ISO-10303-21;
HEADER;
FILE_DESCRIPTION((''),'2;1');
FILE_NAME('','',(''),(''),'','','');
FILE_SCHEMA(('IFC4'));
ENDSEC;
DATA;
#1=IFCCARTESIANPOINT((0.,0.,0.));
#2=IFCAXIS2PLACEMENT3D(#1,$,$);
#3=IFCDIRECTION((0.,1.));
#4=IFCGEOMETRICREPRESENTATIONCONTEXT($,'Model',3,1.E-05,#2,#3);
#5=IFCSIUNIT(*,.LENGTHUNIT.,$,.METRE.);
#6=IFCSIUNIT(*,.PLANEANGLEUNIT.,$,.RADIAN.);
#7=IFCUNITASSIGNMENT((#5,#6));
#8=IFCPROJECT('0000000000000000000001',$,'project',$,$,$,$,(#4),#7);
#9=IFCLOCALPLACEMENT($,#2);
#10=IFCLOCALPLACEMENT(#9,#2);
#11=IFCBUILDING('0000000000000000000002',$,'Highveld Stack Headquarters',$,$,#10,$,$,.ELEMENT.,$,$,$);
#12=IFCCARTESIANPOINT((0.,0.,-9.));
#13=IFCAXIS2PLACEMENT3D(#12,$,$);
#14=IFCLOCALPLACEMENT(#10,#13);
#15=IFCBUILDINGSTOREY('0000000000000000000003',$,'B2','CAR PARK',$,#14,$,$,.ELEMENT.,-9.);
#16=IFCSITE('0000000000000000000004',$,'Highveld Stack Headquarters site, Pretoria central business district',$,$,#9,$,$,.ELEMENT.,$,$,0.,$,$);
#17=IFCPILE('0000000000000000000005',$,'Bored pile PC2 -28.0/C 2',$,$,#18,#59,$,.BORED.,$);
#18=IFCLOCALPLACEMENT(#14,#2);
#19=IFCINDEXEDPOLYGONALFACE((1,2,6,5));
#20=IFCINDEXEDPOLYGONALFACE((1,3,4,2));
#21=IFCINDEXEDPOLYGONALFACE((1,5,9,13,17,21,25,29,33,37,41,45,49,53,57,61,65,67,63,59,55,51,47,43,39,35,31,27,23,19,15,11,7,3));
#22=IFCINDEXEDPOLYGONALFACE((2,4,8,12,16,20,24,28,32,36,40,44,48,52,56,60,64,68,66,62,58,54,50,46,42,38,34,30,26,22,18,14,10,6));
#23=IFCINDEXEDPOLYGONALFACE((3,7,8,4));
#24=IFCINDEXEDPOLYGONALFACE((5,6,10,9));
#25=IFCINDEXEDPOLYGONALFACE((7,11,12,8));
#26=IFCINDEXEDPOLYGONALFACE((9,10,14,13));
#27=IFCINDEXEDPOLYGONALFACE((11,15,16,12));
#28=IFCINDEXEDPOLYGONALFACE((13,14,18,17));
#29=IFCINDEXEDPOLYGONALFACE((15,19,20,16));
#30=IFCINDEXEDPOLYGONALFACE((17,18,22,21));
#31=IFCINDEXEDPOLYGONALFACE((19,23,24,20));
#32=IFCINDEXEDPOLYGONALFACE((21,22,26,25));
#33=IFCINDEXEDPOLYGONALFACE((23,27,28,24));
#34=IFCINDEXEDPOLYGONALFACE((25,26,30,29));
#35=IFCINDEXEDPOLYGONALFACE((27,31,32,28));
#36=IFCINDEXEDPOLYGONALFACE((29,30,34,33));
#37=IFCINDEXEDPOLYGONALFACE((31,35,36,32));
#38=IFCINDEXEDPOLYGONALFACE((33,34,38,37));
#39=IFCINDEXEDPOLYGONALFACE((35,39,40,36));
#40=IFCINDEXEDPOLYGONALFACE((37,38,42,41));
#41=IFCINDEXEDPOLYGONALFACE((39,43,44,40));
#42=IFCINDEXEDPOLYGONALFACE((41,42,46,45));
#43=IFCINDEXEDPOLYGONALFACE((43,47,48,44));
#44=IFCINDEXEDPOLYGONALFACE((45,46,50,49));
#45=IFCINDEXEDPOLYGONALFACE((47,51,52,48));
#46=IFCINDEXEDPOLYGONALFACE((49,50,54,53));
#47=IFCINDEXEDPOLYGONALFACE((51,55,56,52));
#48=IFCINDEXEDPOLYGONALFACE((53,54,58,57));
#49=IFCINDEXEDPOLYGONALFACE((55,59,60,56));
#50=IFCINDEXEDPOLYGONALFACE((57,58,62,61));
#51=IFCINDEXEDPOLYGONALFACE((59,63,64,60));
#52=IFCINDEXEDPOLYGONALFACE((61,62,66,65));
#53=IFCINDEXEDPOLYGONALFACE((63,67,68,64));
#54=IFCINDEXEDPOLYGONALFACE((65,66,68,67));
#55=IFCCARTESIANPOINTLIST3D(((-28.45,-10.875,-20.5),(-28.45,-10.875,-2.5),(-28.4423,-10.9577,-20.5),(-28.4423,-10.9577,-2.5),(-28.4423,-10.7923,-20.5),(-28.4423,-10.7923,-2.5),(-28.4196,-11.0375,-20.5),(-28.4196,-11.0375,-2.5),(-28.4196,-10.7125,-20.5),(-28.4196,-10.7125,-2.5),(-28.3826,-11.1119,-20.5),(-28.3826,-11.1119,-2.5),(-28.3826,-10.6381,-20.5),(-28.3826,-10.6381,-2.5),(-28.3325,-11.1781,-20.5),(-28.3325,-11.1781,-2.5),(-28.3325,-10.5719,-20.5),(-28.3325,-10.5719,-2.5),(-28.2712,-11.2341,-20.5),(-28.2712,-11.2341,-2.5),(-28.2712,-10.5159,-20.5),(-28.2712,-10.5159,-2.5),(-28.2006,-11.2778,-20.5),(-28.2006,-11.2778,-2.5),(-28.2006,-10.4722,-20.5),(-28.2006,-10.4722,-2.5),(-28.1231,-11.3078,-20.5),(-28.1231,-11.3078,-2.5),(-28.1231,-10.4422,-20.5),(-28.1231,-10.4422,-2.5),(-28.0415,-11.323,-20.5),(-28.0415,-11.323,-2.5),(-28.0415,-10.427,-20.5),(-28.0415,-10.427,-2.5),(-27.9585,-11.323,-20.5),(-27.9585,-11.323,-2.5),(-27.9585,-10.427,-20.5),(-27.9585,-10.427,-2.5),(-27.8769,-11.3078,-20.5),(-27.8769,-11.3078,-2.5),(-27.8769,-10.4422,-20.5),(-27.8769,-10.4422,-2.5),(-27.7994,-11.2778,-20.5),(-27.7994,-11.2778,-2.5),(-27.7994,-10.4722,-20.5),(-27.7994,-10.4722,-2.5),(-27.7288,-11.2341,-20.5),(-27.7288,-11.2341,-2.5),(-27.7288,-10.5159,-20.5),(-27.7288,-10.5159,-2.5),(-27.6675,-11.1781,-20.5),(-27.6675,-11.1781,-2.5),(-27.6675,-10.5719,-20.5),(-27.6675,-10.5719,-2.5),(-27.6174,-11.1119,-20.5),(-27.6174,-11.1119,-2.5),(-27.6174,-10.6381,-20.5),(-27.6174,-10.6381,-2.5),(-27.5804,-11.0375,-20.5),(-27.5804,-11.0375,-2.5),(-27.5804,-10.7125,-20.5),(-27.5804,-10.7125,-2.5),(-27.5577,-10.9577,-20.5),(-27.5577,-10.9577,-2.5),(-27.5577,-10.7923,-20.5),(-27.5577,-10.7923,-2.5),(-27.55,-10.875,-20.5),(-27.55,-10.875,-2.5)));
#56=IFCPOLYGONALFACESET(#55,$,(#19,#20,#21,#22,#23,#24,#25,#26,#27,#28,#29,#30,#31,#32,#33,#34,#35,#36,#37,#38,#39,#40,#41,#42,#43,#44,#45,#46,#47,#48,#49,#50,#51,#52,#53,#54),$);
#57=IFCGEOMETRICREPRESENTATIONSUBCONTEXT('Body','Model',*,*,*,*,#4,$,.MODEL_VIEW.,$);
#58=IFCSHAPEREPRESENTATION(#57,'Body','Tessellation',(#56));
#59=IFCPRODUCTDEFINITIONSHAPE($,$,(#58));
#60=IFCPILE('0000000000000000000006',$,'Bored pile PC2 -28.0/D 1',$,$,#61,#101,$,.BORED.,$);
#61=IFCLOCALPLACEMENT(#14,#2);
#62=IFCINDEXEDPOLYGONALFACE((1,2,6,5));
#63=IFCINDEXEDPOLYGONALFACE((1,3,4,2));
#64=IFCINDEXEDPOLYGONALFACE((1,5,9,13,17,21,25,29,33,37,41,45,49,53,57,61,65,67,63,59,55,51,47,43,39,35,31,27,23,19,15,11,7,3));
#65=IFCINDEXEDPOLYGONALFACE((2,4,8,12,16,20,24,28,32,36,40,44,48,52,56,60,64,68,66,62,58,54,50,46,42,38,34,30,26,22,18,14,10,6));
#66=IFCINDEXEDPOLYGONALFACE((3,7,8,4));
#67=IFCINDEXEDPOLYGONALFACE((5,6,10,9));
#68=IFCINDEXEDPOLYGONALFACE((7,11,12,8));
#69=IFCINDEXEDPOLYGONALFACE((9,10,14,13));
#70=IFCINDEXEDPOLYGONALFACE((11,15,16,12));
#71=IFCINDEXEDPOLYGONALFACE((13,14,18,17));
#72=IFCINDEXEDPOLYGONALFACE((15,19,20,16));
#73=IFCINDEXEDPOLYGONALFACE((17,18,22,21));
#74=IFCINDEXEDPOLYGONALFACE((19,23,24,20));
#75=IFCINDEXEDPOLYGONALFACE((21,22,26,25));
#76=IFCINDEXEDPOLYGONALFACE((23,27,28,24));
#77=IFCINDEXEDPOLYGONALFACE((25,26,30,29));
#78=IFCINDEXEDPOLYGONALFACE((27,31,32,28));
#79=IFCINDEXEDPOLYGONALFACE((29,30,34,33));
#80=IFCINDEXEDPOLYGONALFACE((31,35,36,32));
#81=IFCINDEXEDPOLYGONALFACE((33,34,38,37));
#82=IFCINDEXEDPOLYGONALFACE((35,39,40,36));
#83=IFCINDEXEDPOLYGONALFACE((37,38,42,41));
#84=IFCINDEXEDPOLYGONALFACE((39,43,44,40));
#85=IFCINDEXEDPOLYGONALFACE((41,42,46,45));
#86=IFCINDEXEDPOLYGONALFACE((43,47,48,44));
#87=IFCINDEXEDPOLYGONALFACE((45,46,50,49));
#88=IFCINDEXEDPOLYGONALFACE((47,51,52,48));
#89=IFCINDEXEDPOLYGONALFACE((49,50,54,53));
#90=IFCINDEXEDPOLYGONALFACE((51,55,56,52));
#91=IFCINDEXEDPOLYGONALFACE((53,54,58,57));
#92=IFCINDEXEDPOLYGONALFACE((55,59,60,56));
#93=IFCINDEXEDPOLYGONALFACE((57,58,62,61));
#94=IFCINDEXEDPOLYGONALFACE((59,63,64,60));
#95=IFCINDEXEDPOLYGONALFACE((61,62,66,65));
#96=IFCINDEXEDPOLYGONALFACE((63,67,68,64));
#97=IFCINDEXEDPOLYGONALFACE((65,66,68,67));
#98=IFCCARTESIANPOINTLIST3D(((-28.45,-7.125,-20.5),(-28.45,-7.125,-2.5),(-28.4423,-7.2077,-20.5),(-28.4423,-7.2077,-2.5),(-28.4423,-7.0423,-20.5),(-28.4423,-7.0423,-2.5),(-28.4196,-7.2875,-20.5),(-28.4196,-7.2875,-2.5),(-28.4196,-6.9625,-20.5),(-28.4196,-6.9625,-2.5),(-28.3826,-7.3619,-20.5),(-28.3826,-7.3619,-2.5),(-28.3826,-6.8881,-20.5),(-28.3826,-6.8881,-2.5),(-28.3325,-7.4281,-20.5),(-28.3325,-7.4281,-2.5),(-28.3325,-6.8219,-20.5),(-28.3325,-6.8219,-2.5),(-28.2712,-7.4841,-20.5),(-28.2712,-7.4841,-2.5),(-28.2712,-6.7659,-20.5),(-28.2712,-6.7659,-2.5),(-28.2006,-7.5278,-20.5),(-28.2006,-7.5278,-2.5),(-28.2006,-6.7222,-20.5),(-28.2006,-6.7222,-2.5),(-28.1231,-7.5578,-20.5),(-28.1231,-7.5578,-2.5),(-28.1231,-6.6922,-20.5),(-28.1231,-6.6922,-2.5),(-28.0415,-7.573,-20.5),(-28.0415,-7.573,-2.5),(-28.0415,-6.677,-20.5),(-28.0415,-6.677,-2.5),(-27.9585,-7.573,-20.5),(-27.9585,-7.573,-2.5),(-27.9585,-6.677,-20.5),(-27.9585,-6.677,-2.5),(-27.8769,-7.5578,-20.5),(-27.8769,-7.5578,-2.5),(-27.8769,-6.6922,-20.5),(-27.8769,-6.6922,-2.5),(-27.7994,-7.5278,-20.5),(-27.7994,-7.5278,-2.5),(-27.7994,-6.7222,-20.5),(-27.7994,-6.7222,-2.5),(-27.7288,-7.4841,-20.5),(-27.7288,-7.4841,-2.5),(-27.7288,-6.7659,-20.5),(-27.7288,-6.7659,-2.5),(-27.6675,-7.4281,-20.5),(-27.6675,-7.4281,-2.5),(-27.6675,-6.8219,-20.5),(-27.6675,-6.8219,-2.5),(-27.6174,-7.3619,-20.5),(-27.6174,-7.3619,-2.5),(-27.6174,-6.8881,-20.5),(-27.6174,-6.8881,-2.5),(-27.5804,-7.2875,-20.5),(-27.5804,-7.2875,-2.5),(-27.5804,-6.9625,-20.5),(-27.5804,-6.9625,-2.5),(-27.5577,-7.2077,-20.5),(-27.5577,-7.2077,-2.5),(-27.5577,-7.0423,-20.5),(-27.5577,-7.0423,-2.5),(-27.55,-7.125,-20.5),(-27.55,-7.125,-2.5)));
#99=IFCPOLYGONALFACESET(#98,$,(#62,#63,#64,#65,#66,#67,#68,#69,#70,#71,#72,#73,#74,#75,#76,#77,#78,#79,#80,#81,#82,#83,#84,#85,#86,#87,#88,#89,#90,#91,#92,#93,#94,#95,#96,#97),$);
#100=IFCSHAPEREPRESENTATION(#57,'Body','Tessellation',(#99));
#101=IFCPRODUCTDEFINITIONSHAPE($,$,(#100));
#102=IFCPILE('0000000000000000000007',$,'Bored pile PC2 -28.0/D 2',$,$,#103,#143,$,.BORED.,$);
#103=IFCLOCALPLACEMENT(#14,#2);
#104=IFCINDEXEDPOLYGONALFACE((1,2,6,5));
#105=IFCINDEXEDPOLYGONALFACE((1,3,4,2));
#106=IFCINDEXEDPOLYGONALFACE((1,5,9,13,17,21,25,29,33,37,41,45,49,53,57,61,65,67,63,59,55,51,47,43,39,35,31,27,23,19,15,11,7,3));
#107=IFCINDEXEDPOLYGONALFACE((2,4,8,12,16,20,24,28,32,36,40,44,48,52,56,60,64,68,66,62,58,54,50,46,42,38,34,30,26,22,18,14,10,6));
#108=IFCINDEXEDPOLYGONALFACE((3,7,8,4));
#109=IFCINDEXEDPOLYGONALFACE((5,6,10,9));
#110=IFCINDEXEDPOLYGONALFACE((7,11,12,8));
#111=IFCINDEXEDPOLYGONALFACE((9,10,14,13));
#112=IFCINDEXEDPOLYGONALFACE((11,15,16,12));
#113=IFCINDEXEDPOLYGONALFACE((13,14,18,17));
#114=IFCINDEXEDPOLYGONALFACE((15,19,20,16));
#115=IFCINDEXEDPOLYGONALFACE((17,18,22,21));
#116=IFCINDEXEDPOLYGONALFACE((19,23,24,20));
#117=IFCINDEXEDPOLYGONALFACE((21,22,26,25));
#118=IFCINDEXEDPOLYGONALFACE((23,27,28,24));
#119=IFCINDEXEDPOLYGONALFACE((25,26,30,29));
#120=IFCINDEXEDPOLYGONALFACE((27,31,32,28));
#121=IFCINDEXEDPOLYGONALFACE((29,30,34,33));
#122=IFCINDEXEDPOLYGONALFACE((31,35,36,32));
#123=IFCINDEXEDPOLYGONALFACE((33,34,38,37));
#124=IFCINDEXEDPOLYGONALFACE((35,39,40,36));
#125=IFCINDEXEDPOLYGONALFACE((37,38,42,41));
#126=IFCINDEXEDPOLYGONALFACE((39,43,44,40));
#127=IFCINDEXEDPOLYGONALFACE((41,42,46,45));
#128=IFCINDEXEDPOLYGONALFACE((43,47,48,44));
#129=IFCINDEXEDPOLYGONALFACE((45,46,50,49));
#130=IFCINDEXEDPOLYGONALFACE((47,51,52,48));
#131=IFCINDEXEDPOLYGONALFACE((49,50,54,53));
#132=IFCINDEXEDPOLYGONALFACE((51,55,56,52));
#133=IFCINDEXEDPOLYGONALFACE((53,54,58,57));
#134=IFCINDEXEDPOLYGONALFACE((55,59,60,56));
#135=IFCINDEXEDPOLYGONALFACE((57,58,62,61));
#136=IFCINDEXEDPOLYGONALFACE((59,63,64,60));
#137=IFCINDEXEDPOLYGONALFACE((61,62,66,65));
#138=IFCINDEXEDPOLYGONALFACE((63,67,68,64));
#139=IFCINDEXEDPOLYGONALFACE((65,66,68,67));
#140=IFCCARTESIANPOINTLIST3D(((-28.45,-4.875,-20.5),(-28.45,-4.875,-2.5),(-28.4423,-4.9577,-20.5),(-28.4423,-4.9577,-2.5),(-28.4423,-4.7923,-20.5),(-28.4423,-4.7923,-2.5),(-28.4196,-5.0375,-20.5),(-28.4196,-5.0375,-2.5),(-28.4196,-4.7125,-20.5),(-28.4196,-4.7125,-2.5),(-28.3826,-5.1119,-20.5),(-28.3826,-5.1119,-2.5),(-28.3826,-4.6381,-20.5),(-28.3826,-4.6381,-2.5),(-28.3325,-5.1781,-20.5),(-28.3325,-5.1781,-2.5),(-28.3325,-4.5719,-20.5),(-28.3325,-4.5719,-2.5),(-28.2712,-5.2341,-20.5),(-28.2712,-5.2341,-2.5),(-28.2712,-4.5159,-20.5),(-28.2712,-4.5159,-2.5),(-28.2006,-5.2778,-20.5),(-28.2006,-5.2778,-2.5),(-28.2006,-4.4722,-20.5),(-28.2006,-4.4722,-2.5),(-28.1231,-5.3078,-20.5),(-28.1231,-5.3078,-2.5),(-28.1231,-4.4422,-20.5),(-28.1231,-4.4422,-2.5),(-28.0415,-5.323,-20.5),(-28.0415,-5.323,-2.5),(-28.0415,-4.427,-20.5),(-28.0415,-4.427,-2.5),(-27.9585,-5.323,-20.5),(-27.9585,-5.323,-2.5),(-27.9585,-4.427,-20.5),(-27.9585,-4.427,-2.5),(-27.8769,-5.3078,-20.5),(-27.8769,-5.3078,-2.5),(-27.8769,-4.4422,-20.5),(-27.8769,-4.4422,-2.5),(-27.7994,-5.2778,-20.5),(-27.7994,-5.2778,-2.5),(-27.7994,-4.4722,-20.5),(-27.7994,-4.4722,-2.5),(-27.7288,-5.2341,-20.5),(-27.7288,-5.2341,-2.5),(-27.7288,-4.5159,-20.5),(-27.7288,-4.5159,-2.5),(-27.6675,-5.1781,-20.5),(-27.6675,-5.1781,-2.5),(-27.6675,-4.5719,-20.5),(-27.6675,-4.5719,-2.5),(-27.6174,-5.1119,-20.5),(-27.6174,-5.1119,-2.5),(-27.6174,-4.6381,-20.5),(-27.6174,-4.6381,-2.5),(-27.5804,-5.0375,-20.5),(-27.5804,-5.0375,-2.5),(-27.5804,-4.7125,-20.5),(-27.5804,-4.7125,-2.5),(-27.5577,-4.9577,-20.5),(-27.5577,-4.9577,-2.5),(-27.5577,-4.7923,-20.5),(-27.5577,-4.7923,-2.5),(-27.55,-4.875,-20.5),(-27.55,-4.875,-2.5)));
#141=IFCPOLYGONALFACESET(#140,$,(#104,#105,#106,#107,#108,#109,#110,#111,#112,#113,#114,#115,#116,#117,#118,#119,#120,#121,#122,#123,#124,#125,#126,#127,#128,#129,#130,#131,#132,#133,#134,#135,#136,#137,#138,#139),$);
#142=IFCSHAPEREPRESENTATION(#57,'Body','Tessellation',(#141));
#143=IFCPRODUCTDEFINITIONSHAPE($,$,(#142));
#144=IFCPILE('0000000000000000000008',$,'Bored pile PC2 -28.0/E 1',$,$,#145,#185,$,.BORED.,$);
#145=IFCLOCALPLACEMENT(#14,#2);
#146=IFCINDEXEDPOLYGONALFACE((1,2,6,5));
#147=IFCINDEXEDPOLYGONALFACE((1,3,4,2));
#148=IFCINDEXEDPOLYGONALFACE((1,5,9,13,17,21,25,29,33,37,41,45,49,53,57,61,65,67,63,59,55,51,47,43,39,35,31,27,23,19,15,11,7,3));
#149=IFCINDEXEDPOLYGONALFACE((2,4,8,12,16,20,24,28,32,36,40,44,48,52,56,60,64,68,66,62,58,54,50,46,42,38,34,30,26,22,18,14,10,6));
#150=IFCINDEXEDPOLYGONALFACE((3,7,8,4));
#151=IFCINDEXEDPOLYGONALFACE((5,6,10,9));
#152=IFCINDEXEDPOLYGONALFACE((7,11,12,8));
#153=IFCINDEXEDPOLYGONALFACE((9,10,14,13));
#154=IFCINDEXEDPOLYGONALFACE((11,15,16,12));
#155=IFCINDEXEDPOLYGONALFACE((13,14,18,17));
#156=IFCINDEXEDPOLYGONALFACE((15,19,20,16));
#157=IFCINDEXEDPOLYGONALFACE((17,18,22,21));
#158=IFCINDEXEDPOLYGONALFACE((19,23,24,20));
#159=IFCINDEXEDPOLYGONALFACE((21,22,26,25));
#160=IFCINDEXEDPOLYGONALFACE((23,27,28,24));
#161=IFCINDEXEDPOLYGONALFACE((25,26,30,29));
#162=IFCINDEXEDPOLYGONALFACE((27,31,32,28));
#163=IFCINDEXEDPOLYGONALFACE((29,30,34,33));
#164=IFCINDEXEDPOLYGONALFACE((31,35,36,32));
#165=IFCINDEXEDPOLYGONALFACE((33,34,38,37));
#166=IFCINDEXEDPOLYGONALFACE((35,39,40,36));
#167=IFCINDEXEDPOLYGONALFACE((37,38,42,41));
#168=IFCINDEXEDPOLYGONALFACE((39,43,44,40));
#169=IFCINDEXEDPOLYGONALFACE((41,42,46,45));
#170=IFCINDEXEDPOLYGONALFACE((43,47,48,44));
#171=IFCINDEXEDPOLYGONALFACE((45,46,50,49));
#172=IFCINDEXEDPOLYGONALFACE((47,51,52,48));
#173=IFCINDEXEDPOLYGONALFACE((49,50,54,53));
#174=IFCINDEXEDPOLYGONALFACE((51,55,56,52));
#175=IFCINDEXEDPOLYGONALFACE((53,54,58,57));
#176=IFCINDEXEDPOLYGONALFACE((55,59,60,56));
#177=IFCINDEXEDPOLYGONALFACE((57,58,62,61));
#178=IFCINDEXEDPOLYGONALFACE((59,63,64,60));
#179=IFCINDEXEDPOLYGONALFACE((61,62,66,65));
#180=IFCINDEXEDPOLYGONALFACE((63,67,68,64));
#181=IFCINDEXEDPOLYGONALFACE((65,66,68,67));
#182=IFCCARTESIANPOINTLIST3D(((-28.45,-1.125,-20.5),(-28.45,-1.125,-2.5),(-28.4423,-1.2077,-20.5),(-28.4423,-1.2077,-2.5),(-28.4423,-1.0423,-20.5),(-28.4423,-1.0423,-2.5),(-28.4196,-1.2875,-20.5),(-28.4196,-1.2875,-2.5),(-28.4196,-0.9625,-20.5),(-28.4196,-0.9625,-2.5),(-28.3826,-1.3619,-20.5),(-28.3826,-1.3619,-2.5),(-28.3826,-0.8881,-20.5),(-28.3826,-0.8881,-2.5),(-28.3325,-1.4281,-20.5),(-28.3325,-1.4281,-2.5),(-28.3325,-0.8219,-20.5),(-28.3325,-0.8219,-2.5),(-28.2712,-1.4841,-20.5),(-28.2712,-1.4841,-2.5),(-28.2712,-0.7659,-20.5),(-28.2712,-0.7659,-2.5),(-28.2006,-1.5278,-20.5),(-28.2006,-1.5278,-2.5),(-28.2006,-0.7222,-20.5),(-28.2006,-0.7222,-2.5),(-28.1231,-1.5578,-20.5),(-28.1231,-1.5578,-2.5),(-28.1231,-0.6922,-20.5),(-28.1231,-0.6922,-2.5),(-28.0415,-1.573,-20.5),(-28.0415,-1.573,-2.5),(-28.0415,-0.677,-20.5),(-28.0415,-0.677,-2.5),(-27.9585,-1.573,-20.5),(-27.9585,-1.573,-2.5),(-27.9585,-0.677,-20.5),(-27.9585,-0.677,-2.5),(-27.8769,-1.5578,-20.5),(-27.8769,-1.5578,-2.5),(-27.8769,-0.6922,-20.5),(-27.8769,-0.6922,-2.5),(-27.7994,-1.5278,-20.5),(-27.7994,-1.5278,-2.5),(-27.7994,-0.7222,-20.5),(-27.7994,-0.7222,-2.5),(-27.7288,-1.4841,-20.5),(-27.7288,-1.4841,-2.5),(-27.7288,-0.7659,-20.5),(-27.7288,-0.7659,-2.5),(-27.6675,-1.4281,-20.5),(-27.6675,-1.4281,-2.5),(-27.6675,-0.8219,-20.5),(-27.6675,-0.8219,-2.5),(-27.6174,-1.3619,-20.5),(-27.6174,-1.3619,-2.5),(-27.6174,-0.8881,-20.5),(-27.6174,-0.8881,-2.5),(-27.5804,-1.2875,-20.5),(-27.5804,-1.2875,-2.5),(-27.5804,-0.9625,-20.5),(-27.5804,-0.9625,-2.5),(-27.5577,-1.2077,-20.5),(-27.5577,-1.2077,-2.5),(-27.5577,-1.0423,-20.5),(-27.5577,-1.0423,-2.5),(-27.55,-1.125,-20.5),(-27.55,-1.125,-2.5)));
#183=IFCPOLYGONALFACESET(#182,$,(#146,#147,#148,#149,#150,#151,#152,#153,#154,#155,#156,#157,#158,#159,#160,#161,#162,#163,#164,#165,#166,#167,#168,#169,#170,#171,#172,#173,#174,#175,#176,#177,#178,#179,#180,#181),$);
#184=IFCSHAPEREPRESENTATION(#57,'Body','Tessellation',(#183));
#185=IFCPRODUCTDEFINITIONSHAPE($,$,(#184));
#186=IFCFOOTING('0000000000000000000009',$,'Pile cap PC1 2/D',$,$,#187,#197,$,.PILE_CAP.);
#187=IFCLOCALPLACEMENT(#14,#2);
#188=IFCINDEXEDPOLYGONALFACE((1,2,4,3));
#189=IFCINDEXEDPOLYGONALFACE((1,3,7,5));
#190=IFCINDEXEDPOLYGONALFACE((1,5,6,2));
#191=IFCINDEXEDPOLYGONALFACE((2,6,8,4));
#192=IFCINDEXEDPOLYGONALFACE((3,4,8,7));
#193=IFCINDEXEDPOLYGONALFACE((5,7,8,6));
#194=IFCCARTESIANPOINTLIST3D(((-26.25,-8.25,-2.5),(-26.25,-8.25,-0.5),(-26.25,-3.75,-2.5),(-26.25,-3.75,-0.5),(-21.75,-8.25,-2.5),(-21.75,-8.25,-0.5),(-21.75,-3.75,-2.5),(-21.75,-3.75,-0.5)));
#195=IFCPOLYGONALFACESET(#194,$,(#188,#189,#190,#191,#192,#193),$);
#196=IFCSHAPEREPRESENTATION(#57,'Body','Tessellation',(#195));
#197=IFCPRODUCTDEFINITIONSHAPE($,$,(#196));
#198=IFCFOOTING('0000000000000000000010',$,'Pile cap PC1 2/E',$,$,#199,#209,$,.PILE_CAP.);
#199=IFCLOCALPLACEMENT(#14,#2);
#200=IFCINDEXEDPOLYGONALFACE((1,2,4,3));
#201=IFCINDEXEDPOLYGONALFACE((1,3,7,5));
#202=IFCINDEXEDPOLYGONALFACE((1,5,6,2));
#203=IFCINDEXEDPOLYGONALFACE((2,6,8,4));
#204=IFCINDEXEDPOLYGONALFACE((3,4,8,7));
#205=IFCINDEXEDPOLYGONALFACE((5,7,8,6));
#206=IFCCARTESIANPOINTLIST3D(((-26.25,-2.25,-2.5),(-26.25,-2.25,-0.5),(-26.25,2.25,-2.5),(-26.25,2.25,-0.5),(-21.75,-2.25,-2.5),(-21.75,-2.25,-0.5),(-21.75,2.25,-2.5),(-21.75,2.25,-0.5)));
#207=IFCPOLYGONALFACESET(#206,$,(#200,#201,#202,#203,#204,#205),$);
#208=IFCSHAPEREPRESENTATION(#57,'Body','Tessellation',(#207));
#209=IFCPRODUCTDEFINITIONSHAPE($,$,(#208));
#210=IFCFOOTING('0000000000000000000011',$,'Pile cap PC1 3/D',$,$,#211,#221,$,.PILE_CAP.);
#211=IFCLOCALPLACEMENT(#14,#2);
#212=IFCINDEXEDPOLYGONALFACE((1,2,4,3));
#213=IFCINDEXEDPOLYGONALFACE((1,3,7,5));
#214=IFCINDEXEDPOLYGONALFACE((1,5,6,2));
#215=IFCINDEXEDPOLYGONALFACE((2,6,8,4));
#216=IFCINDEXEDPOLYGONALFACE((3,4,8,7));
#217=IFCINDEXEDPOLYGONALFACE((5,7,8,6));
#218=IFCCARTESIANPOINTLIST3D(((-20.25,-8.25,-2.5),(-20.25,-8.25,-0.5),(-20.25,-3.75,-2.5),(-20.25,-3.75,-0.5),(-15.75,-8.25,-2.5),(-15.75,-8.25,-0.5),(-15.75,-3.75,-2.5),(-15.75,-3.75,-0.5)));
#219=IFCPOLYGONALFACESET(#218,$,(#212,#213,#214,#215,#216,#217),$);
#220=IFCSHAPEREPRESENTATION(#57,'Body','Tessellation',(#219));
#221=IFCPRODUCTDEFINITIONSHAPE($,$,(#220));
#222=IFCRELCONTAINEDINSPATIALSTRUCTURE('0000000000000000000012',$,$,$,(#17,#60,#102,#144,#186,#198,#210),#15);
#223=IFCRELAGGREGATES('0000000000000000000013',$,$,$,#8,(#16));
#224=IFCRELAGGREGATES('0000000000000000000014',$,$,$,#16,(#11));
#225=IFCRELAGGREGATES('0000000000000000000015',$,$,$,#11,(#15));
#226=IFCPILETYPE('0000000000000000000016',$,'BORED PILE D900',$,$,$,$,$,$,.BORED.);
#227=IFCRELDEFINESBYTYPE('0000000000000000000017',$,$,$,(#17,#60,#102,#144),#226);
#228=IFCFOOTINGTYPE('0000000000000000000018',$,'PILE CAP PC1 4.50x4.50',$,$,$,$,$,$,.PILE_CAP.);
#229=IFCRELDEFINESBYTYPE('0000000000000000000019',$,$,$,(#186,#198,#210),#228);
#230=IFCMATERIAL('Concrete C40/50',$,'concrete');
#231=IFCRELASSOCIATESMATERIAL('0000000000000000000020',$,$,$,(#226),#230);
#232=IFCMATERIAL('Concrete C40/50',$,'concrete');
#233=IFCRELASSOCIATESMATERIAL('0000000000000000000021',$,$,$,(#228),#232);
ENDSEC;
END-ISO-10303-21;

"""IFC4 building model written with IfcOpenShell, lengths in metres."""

from ifc_helpers import new_model, si_unit, direction, frame, origin, origin_2d, place, context, subcontext, project, spatial, rectangle, circle, extrude, material, type_object, element, save


model = new_model("IFC4")

# Units and contexts
model_context = context("Model", 3, precision=1e-05, world=origin(), true_north=direction((0.0, 1.0)))
body_context = subcontext(model_context, "Body", "Model", "MODEL_VIEW")
ifc_project = project(units=[si_unit("LENGTHUNIT", "METRE"), si_unit("PLANEANGLEUNIT", "RADIAN")], contexts=[model_context])

# Site, building, storey
site_placement = place(None, origin())
site = spatial("IfcSite", under=ifc_project, at=site_placement, Name="Highveld Stack Headquarters site, Pretoria central business district", CompositionType="ELEMENT", RefElevation=0.0)
building_placement = place(site_placement, origin())
building = spatial("IfcBuilding", under=site, at=building_placement, Name="Highveld Stack Headquarters", CompositionType="ELEMENT")
storey_placement = place(building_placement, frame((0.0, 0.0, -9.0)))
storey = spatial("IfcBuildingStorey", under=building, at=storey_placement, Name="B2", Description="CAR PARK", CompositionType="ELEMENT", Elevation=-9.0)

# Piles
ifc_material_1 = material(Name="Concrete C40/50", Category="concrete")
pile_type_1 = type_object("IfcPileType", Name="BORED PILE D900", PredefinedType="BORED", material=ifc_material_1)
for number, where, z_axis, x_axis, name in (
    (1, (-28.0, -10.875, -2.5), (0.0, 0.0, -1.0), (1.0, 0.0, 0.0), "Bored pile PC2 -28.0/C 2"),
    (2, (-28.0, -7.125, -2.5), (0.0, 0.0, -1.0), (1.0, 0.0, 0.0), "Bored pile PC2 -28.0/D 1"),
    (3, (-28.0, -4.875, -2.5), (0.0, 0.0, -1.0), (1.0, 0.0, 0.0), "Bored pile PC2 -28.0/D 2"),
    (4, (-28.0, -1.125, -2.5), (0.0, 0.0, -1.0), (1.0, 0.0, 0.0), "Bored pile PC2 -28.0/E 1"),
):
    element("IfcPile", number, at=place(storey_placement, frame(where, z_axis=z_axis, x_axis=x_axis)), inside=storey, type_object=pile_type_1, Name=name, PredefinedType="BORED", context=body_context, shape_type="SweptSolid", body=[
        extrude(circle(Radius=0.45, at=origin_2d()), origin(), (0.0, 0.0, 1.0), 18.0),
    ])

# Footings
ifc_material_2 = material(Name="Concrete C40/50", Category="concrete")
footing_type_1 = type_object("IfcFootingType", Name="PILE CAP PC1 4.50x4.50", PredefinedType="PILE_CAP", material=ifc_material_2)
for number, where, z_axis, x_axis, name in (
    (5, (-24.0, -6.0, -2.5), (0.0, 0.0, 1.0), (1.0, 0.0, 0.0), "Pile cap PC1 2/D"),
    (6, (-24.0, 0.0, -2.5), (0.0, 0.0, 1.0), (1.0, 0.0, 0.0), "Pile cap PC1 2/E"),
    (7, (-18.0, -6.0, -2.5), (0.0, 0.0, 1.0), (1.0, 0.0, 0.0), "Pile cap PC1 3/D"),
):
    element("IfcFooting", number, at=place(storey_placement, frame(where, z_axis=z_axis, x_axis=x_axis)), inside=storey, type_object=footing_type_1, Name=name, PredefinedType="PILE_CAP", context=body_context, shape_type="SweptSolid", body=[
        extrude(rectangle(XDim=4.5, YDim=4.5, at=origin_2d()), origin(), (0.0, 0.0, 1.0), 2.0),
    ])

save(model, "model.ifc")
